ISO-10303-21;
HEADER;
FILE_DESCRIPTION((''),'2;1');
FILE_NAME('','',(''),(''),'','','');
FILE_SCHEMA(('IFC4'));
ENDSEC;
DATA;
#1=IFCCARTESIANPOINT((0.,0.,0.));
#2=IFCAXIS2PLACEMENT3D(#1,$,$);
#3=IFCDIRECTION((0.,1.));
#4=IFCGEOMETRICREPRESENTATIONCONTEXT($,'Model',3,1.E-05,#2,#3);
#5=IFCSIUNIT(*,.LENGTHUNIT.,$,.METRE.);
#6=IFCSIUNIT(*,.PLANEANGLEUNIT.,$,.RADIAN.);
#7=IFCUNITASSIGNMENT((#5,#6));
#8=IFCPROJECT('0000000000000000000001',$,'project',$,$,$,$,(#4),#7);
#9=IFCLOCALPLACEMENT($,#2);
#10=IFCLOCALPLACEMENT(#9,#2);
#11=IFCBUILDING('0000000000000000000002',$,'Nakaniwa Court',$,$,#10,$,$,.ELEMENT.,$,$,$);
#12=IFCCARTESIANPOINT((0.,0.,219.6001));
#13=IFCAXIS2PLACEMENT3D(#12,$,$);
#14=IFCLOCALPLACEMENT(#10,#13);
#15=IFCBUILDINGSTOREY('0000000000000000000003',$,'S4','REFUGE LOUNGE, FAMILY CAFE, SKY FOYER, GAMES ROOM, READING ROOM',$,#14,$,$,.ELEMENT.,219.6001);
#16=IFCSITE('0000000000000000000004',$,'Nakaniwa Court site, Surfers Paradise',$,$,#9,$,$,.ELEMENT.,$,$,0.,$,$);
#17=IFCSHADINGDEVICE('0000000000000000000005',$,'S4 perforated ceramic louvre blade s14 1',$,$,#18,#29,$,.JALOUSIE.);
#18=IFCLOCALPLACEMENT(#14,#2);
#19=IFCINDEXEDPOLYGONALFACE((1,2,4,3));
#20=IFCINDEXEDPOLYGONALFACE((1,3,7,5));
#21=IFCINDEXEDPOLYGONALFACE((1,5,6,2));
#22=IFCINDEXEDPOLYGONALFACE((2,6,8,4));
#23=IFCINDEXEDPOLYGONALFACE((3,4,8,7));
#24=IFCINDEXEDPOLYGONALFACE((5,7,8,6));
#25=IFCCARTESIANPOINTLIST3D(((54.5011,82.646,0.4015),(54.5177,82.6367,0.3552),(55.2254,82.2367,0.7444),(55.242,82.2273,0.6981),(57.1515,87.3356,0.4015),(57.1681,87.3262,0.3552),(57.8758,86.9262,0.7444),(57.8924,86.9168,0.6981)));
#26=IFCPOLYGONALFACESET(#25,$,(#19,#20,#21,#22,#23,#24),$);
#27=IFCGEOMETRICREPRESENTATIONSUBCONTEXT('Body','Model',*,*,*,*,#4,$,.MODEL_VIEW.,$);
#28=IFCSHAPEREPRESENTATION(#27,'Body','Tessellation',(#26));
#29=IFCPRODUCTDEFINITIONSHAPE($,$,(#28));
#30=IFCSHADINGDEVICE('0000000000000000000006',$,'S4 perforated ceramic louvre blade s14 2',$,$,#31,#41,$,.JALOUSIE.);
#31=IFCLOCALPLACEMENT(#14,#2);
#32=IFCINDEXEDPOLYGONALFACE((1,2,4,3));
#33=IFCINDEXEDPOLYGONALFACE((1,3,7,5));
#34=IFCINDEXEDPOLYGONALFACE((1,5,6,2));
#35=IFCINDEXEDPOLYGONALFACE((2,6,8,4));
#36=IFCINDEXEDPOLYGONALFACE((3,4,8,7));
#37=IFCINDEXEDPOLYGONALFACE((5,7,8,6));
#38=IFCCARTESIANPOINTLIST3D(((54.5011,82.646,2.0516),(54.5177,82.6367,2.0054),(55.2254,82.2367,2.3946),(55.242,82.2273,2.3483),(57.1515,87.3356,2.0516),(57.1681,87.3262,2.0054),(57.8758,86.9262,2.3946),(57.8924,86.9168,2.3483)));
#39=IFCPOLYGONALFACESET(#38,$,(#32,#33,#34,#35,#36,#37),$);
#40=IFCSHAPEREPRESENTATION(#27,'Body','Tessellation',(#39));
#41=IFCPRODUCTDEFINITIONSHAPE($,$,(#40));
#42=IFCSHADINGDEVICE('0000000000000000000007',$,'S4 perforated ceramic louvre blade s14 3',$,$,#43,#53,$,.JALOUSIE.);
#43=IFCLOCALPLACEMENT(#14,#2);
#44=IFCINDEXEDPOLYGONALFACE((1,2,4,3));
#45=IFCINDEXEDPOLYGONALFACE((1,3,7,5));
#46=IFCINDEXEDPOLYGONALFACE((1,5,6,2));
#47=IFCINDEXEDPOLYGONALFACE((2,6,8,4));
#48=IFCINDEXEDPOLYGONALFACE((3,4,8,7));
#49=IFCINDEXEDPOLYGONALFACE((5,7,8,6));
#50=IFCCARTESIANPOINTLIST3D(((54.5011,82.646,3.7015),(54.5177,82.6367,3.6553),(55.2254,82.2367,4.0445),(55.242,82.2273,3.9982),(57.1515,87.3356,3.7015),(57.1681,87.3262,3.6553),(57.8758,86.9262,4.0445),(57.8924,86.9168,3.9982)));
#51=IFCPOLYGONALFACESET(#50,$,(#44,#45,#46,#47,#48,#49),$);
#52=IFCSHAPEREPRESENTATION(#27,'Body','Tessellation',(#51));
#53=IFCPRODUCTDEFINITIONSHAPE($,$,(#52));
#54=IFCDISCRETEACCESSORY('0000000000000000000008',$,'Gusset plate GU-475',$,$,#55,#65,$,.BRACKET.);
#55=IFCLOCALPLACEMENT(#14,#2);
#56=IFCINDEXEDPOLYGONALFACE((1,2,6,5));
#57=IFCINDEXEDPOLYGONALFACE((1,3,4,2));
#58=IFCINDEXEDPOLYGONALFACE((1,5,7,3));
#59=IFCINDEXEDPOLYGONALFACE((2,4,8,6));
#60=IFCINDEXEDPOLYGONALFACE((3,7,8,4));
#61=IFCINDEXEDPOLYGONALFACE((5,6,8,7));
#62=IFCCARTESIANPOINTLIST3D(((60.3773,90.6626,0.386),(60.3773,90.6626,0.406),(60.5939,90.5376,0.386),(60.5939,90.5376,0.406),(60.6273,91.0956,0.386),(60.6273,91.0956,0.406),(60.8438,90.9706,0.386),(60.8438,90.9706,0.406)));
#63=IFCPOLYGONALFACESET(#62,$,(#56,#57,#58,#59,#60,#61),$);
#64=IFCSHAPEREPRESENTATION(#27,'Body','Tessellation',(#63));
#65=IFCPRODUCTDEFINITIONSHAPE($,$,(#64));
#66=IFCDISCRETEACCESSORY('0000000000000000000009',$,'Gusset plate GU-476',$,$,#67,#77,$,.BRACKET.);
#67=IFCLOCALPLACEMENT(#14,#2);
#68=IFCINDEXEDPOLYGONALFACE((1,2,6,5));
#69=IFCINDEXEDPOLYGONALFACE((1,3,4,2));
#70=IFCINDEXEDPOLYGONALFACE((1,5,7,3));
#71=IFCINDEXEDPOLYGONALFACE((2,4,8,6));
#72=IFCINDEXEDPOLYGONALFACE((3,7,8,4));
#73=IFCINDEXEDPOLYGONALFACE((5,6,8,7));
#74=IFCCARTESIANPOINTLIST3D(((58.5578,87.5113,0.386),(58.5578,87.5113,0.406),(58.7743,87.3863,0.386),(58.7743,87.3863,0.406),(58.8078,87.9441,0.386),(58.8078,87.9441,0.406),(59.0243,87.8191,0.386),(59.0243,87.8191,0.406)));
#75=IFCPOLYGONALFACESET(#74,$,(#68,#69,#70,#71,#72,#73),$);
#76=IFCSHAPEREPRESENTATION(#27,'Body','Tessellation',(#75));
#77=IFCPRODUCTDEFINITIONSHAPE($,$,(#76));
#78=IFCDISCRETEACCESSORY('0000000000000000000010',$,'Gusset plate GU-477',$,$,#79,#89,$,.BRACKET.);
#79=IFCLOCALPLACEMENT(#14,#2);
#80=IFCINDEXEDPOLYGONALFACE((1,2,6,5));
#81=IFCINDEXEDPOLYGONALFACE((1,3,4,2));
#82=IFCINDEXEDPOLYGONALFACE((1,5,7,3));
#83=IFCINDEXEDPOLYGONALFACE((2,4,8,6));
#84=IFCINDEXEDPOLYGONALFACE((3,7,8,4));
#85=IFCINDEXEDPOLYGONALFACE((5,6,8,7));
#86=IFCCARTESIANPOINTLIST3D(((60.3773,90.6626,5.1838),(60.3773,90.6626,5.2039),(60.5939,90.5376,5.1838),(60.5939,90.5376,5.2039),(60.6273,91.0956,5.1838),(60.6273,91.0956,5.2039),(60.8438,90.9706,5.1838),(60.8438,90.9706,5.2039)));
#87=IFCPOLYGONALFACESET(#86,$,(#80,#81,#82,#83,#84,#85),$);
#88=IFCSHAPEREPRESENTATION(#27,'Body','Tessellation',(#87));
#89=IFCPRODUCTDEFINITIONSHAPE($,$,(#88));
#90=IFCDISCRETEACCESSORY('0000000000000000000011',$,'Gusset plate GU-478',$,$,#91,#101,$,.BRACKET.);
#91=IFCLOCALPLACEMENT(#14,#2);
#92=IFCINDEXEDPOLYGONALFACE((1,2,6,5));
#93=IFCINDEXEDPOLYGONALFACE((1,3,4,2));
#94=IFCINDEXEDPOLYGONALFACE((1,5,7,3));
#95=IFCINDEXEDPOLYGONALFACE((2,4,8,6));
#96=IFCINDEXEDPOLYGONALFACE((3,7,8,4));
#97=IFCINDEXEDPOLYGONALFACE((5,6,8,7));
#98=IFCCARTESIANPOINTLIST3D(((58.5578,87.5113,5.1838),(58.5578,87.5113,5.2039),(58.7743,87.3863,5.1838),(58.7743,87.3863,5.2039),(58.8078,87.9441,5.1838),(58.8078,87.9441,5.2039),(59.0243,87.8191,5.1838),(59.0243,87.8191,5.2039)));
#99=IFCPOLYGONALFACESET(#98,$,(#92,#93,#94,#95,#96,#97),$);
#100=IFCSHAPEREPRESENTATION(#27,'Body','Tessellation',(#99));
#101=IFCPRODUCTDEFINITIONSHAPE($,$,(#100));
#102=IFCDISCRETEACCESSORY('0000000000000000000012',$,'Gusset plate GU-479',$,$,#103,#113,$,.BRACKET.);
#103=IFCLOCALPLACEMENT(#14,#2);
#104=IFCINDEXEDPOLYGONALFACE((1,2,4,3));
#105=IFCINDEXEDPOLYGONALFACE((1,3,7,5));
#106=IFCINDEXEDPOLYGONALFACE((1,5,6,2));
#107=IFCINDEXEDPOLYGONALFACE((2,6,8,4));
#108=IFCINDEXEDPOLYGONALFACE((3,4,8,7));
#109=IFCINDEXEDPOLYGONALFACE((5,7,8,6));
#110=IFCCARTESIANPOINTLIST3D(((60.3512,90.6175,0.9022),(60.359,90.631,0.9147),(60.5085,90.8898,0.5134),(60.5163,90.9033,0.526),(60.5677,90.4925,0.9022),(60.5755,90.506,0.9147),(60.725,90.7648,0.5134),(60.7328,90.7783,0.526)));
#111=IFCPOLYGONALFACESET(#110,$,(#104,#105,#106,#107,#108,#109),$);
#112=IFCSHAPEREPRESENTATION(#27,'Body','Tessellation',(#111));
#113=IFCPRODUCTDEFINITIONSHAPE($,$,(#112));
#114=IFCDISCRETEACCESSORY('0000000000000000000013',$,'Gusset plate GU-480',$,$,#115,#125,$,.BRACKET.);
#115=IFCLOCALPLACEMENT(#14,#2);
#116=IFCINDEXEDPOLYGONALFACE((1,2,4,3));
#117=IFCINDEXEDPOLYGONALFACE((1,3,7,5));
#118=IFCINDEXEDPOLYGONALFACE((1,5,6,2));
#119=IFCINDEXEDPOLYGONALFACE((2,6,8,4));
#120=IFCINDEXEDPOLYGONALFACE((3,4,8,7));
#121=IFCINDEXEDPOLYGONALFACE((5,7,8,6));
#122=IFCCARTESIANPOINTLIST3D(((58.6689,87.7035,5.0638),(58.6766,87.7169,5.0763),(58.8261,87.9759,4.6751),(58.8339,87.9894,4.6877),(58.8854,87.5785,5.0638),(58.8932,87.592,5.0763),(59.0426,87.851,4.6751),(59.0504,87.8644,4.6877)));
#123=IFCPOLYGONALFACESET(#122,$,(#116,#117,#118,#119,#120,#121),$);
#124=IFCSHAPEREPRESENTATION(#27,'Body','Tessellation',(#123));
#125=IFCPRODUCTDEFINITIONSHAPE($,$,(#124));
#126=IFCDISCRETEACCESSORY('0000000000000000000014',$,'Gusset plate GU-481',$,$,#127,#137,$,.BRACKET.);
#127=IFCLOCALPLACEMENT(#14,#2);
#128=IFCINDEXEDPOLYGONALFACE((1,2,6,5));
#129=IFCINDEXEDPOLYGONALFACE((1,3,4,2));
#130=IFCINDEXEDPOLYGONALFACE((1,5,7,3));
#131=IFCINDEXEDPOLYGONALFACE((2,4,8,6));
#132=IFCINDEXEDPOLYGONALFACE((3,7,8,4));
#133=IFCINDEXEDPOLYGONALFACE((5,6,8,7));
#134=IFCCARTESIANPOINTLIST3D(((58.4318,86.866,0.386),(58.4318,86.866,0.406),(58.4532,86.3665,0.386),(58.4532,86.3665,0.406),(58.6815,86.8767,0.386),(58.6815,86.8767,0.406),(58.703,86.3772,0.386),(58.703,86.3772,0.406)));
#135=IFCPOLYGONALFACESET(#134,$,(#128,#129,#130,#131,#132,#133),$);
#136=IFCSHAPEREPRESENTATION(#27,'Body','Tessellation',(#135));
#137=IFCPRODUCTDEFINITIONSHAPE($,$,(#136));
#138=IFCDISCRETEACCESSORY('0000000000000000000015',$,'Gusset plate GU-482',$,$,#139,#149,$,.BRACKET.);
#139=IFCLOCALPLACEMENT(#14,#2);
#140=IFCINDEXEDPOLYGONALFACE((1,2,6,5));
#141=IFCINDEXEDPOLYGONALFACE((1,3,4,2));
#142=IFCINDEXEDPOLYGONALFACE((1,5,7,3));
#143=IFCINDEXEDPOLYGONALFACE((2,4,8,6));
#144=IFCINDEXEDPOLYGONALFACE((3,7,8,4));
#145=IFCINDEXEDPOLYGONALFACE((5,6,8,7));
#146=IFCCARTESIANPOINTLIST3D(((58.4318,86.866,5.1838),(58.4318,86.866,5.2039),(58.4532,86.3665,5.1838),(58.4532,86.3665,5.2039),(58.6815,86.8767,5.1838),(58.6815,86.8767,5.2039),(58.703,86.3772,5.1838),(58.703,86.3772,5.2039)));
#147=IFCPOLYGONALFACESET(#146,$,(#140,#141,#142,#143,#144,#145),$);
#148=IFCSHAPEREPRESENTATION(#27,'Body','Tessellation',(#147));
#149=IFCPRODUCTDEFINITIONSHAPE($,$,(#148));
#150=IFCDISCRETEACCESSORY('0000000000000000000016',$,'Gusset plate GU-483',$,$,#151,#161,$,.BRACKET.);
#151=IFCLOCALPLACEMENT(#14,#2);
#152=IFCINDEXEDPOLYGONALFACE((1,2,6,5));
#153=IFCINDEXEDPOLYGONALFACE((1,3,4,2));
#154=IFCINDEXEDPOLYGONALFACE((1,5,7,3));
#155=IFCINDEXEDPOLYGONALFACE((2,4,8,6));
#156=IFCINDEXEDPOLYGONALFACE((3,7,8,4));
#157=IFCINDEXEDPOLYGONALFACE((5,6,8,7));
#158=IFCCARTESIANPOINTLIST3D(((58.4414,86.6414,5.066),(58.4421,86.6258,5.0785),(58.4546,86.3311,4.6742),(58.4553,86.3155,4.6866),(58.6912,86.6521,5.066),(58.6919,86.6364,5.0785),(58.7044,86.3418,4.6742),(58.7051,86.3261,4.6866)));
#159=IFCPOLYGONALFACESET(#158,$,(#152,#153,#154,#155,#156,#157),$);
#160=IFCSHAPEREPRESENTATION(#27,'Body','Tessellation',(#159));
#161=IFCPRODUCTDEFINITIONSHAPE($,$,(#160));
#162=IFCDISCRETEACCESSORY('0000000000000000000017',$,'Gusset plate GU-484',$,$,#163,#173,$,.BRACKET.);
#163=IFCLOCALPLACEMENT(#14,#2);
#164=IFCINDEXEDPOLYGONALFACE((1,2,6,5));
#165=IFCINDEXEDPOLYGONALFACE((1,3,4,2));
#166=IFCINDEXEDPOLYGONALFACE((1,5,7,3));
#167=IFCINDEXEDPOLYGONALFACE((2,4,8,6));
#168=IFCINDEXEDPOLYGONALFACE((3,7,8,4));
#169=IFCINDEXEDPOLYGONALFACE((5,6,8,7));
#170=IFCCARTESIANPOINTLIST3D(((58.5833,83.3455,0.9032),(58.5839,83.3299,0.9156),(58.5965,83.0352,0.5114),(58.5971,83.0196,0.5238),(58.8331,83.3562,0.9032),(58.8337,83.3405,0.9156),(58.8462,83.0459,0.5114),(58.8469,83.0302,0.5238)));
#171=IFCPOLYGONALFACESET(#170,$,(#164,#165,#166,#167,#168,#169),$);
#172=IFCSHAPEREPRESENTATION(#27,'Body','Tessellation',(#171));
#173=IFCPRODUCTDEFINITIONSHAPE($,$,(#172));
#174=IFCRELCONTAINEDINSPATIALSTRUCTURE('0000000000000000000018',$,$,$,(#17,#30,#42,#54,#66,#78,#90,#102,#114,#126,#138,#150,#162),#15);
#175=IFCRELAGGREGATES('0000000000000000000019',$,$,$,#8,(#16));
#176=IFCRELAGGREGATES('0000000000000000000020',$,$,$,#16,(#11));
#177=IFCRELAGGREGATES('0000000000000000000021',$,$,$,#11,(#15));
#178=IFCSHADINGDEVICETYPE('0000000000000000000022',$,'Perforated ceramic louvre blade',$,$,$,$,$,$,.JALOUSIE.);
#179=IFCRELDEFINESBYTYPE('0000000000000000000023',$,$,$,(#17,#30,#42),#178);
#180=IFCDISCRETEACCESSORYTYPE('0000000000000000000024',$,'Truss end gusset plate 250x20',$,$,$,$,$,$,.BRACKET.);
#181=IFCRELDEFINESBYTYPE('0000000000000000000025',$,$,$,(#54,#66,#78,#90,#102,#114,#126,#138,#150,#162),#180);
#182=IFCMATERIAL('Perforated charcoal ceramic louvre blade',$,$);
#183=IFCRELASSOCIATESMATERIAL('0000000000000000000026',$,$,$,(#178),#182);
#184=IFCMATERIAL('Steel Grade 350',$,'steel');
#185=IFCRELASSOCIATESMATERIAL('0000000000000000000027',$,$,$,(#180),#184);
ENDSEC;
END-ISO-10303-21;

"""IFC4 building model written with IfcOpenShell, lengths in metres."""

from ifc_helpers import new_model, si_unit, direction, frame, origin, origin_2d, place, context, subcontext, project, spatial, rectangle, extrude, material, material_profile, profile_set, type_object, element, save


model = new_model("IFC4")

# Units and contexts
model_context = context("Model", 3, precision=1e-05, world=origin(), true_north=direction((0.0, 1.0)))
body_context = subcontext(model_context, "Body", "Model", "MODEL_VIEW")
ifc_project = project(units=[si_unit("LENGTHUNIT", "METRE"), si_unit("PLANEANGLEUNIT", "RADIAN")], contexts=[model_context])

# Site, building, storey
site_placement = place(None, origin())
site = spatial("IfcSite", under=ifc_project, at=site_placement, Name="Nakaniwa Court site, Surfers Paradise", CompositionType="ELEMENT", RefElevation=0.0)
building_placement = place(site_placement, origin())
building = spatial("IfcBuilding", under=site, at=building_placement, Name="Nakaniwa Court", CompositionType="ELEMENT")
storey_placement = place(building_placement, frame((0.0, 0.0, 219.6001)))
storey = spatial("IfcBuildingStorey", under=building, at=storey_placement, Name="S4", Description="REFUGE LOUNGE, FAMILY CAFE, SKY FOYER, GAMES ROOM, READING ROOM", CompositionType="ELEMENT", Elevation=219.6001)

# Shared definitions
ifc_material_1 = material(Name="Steel Grade 350", Category="steel")

# Shading devices
ifc_material_2 = material(Name="Perforated charcoal ceramic louvre blade")
ifc_material_profile_1 = material_profile(ifc_material_2, rectangle(XDim=0.8999, YDim=0.05, at=origin_2d()), Name="Perforated ceramic louvre blade")
ifc_profile_set_1 = profile_set([ifc_material_profile_1], Name="Perforated charcoal ceramic louvre blade")
shading_device_type = type_object("IfcShadingDeviceType", Name="Perforated ceramic louvre blade", PredefinedType="JALOUSIE", material=ifc_profile_set_1)
for number, where, z_axis, x_axis, name in (
    (1, (57.522, 87.1262, 0.5498), (-0.492033, -0.870576, 0.0), (0.804888, -0.454907, 0.38107), "S4 perforated ceramic louvre blade s14 1"),
    (2, (57.522, 87.1262, 2.2), (-0.492033, -0.870576, 0.0), (0.804888, -0.454907, 0.38107), "S4 perforated ceramic louvre blade s14 2"),
    (3, (57.522, 87.1262, 3.8499), (-0.492033, -0.870576, 0.0), (0.804888, -0.454907, 0.38107), "S4 perforated ceramic louvre blade s14 3"),
):
    element("IfcShadingDevice", number, at=place(storey_placement, frame(where, z_axis=z_axis, x_axis=x_axis)), inside=storey, type_object=shading_device_type, Name=name, PredefinedType="JALOUSIE", context=body_context, shape_type="SweptSolid", body=[
        extrude(rectangle(XDim=0.8999, YDim=0.05, at=origin_2d()), origin(), (0.0, 0.0, 1.0), 5.3867),
    ])

# Discrete accessories
ifc_material_profile_2 = material_profile(ifc_material_1, rectangle(XDim=0.25, YDim=0.02, at=origin_2d()), Name="Truss end gusset plate 250x20")
ifc_profile_set_2 = profile_set([ifc_material_profile_2], Name="Steel Grade 350")
discrete_accessory_type = type_object("IfcDiscreteAccessoryType", Name="Truss end gusset plate 250x20", PredefinedType="BRACKET", material=ifc_profile_set_2)
discrete_accessory_1_placement = place(storey_placement, frame((60.4856, 90.6001, 0.396), z_axis=(0.49992, 0.866072, 0.0), x_axis=(-0.866072, 0.49992, 0.0)))
element("IfcDiscreteAccessory", 4, at=discrete_accessory_1_placement, inside=storey, type_object=discrete_accessory_type, Name="Gusset plate GU-475", PredefinedType="BRACKET", context=body_context, shape_type="SweptSolid", body=[
    extrude(rectangle(XDim=0.25, YDim=0.02, at=origin_2d()), origin(), (0.0, 0.0, 1.0), 0.5),
])
discrete_accessory_2_placement = place(storey_placement, frame((58.916, 87.8816, 0.396), z_axis=(-0.500131, -0.86595, 0.0), x_axis=(0.86595, -0.500131, 0.0)))
element("IfcDiscreteAccessory", 5, at=discrete_accessory_2_placement, inside=storey, type_object=discrete_accessory_type, Name="Gusset plate GU-476", PredefinedType="BRACKET", context=body_context, shape_type="SweptSolid", body=[
    extrude(rectangle(XDim=0.25, YDim=0.02, at=origin_2d()), origin(), (0.0, 0.0, 1.0), 0.4998),
])
discrete_accessory_3_placement = place(storey_placement, frame((60.4856, 90.6001, 5.1938), z_axis=(0.49992, 0.866072, 0.0), x_axis=(-0.866072, 0.49992, 0.0)))
element("IfcDiscreteAccessory", 6, at=discrete_accessory_3_placement, inside=storey, type_object=discrete_accessory_type, Name="Gusset plate GU-477", PredefinedType="BRACKET", context=body_context, shape_type="SweptSolid", body=[
    extrude(rectangle(XDim=0.25, YDim=0.02, at=origin_2d()), origin(), (0.0, 0.0, 1.0), 0.5),
])
discrete_accessory_4_placement = place(storey_placement, frame((58.916, 87.8816, 5.1938), z_axis=(-0.500131, -0.86595, 0.0), x_axis=(0.86595, -0.500131, 0.0)))
element("IfcDiscreteAccessory", 7, at=discrete_accessory_4_placement, inside=storey, type_object=discrete_accessory_type, Name="Gusset plate GU-478", PredefinedType="BRACKET", context=body_context, shape_type="SweptSolid", body=[
    extrude(rectangle(XDim=0.25, YDim=0.02, at=origin_2d()), origin(), (0.0, 0.0, 1.0), 0.4998),
])
for number, where, z_axis, x_axis, name in (
    (8, (60.4634, 90.5618, 0.9084), (0.314524, 0.544556, -0.777518), (-0.86594, 0.500148, 0.0), "Gusset plate GU-479"),
    (9, (58.9382, 87.9202, 4.6814), (-0.31444, -0.544899, 0.777311), (0.866134, -0.499812, 0.0), "Gusset plate GU-480"),
    (10, (58.5781, 86.3718, 0.396), (-0.042971, 0.999076, 0.0), (-0.999076, -0.042971, 0.0), "Gusset plate GU-481"),
    (11, (58.5781, 86.3718, 5.1938), (-0.042971, 0.999076, 0.0), (-0.999076, -0.042971, 0.0), "Gusset plate GU-482"),
    (12, (58.5798, 86.3286, 4.6804), (-0.026367, 0.6206, 0.783684), (-0.999099, -0.042448, 0.0), "Gusset plate GU-483"),
    (13, (58.7085, 83.343, 0.9094), (0.026367, -0.6206, -0.783684), (0.999099, 0.042448, 0.0), "Gusset plate GU-484"),
):
    element("IfcDiscreteAccessory", number, at=place(storey_placement, frame(where, z_axis=z_axis, x_axis=x_axis)), inside=storey, type_object=discrete_accessory_type, Name=name, PredefinedType="BRACKET", context=body_context, shape_type="SweptSolid", body=[
        extrude(rectangle(XDim=0.25, YDim=0.02, at=origin_2d()), origin(), (0.0, 0.0, 1.0), 0.5),
    ])

save(model, "model.ifc")
